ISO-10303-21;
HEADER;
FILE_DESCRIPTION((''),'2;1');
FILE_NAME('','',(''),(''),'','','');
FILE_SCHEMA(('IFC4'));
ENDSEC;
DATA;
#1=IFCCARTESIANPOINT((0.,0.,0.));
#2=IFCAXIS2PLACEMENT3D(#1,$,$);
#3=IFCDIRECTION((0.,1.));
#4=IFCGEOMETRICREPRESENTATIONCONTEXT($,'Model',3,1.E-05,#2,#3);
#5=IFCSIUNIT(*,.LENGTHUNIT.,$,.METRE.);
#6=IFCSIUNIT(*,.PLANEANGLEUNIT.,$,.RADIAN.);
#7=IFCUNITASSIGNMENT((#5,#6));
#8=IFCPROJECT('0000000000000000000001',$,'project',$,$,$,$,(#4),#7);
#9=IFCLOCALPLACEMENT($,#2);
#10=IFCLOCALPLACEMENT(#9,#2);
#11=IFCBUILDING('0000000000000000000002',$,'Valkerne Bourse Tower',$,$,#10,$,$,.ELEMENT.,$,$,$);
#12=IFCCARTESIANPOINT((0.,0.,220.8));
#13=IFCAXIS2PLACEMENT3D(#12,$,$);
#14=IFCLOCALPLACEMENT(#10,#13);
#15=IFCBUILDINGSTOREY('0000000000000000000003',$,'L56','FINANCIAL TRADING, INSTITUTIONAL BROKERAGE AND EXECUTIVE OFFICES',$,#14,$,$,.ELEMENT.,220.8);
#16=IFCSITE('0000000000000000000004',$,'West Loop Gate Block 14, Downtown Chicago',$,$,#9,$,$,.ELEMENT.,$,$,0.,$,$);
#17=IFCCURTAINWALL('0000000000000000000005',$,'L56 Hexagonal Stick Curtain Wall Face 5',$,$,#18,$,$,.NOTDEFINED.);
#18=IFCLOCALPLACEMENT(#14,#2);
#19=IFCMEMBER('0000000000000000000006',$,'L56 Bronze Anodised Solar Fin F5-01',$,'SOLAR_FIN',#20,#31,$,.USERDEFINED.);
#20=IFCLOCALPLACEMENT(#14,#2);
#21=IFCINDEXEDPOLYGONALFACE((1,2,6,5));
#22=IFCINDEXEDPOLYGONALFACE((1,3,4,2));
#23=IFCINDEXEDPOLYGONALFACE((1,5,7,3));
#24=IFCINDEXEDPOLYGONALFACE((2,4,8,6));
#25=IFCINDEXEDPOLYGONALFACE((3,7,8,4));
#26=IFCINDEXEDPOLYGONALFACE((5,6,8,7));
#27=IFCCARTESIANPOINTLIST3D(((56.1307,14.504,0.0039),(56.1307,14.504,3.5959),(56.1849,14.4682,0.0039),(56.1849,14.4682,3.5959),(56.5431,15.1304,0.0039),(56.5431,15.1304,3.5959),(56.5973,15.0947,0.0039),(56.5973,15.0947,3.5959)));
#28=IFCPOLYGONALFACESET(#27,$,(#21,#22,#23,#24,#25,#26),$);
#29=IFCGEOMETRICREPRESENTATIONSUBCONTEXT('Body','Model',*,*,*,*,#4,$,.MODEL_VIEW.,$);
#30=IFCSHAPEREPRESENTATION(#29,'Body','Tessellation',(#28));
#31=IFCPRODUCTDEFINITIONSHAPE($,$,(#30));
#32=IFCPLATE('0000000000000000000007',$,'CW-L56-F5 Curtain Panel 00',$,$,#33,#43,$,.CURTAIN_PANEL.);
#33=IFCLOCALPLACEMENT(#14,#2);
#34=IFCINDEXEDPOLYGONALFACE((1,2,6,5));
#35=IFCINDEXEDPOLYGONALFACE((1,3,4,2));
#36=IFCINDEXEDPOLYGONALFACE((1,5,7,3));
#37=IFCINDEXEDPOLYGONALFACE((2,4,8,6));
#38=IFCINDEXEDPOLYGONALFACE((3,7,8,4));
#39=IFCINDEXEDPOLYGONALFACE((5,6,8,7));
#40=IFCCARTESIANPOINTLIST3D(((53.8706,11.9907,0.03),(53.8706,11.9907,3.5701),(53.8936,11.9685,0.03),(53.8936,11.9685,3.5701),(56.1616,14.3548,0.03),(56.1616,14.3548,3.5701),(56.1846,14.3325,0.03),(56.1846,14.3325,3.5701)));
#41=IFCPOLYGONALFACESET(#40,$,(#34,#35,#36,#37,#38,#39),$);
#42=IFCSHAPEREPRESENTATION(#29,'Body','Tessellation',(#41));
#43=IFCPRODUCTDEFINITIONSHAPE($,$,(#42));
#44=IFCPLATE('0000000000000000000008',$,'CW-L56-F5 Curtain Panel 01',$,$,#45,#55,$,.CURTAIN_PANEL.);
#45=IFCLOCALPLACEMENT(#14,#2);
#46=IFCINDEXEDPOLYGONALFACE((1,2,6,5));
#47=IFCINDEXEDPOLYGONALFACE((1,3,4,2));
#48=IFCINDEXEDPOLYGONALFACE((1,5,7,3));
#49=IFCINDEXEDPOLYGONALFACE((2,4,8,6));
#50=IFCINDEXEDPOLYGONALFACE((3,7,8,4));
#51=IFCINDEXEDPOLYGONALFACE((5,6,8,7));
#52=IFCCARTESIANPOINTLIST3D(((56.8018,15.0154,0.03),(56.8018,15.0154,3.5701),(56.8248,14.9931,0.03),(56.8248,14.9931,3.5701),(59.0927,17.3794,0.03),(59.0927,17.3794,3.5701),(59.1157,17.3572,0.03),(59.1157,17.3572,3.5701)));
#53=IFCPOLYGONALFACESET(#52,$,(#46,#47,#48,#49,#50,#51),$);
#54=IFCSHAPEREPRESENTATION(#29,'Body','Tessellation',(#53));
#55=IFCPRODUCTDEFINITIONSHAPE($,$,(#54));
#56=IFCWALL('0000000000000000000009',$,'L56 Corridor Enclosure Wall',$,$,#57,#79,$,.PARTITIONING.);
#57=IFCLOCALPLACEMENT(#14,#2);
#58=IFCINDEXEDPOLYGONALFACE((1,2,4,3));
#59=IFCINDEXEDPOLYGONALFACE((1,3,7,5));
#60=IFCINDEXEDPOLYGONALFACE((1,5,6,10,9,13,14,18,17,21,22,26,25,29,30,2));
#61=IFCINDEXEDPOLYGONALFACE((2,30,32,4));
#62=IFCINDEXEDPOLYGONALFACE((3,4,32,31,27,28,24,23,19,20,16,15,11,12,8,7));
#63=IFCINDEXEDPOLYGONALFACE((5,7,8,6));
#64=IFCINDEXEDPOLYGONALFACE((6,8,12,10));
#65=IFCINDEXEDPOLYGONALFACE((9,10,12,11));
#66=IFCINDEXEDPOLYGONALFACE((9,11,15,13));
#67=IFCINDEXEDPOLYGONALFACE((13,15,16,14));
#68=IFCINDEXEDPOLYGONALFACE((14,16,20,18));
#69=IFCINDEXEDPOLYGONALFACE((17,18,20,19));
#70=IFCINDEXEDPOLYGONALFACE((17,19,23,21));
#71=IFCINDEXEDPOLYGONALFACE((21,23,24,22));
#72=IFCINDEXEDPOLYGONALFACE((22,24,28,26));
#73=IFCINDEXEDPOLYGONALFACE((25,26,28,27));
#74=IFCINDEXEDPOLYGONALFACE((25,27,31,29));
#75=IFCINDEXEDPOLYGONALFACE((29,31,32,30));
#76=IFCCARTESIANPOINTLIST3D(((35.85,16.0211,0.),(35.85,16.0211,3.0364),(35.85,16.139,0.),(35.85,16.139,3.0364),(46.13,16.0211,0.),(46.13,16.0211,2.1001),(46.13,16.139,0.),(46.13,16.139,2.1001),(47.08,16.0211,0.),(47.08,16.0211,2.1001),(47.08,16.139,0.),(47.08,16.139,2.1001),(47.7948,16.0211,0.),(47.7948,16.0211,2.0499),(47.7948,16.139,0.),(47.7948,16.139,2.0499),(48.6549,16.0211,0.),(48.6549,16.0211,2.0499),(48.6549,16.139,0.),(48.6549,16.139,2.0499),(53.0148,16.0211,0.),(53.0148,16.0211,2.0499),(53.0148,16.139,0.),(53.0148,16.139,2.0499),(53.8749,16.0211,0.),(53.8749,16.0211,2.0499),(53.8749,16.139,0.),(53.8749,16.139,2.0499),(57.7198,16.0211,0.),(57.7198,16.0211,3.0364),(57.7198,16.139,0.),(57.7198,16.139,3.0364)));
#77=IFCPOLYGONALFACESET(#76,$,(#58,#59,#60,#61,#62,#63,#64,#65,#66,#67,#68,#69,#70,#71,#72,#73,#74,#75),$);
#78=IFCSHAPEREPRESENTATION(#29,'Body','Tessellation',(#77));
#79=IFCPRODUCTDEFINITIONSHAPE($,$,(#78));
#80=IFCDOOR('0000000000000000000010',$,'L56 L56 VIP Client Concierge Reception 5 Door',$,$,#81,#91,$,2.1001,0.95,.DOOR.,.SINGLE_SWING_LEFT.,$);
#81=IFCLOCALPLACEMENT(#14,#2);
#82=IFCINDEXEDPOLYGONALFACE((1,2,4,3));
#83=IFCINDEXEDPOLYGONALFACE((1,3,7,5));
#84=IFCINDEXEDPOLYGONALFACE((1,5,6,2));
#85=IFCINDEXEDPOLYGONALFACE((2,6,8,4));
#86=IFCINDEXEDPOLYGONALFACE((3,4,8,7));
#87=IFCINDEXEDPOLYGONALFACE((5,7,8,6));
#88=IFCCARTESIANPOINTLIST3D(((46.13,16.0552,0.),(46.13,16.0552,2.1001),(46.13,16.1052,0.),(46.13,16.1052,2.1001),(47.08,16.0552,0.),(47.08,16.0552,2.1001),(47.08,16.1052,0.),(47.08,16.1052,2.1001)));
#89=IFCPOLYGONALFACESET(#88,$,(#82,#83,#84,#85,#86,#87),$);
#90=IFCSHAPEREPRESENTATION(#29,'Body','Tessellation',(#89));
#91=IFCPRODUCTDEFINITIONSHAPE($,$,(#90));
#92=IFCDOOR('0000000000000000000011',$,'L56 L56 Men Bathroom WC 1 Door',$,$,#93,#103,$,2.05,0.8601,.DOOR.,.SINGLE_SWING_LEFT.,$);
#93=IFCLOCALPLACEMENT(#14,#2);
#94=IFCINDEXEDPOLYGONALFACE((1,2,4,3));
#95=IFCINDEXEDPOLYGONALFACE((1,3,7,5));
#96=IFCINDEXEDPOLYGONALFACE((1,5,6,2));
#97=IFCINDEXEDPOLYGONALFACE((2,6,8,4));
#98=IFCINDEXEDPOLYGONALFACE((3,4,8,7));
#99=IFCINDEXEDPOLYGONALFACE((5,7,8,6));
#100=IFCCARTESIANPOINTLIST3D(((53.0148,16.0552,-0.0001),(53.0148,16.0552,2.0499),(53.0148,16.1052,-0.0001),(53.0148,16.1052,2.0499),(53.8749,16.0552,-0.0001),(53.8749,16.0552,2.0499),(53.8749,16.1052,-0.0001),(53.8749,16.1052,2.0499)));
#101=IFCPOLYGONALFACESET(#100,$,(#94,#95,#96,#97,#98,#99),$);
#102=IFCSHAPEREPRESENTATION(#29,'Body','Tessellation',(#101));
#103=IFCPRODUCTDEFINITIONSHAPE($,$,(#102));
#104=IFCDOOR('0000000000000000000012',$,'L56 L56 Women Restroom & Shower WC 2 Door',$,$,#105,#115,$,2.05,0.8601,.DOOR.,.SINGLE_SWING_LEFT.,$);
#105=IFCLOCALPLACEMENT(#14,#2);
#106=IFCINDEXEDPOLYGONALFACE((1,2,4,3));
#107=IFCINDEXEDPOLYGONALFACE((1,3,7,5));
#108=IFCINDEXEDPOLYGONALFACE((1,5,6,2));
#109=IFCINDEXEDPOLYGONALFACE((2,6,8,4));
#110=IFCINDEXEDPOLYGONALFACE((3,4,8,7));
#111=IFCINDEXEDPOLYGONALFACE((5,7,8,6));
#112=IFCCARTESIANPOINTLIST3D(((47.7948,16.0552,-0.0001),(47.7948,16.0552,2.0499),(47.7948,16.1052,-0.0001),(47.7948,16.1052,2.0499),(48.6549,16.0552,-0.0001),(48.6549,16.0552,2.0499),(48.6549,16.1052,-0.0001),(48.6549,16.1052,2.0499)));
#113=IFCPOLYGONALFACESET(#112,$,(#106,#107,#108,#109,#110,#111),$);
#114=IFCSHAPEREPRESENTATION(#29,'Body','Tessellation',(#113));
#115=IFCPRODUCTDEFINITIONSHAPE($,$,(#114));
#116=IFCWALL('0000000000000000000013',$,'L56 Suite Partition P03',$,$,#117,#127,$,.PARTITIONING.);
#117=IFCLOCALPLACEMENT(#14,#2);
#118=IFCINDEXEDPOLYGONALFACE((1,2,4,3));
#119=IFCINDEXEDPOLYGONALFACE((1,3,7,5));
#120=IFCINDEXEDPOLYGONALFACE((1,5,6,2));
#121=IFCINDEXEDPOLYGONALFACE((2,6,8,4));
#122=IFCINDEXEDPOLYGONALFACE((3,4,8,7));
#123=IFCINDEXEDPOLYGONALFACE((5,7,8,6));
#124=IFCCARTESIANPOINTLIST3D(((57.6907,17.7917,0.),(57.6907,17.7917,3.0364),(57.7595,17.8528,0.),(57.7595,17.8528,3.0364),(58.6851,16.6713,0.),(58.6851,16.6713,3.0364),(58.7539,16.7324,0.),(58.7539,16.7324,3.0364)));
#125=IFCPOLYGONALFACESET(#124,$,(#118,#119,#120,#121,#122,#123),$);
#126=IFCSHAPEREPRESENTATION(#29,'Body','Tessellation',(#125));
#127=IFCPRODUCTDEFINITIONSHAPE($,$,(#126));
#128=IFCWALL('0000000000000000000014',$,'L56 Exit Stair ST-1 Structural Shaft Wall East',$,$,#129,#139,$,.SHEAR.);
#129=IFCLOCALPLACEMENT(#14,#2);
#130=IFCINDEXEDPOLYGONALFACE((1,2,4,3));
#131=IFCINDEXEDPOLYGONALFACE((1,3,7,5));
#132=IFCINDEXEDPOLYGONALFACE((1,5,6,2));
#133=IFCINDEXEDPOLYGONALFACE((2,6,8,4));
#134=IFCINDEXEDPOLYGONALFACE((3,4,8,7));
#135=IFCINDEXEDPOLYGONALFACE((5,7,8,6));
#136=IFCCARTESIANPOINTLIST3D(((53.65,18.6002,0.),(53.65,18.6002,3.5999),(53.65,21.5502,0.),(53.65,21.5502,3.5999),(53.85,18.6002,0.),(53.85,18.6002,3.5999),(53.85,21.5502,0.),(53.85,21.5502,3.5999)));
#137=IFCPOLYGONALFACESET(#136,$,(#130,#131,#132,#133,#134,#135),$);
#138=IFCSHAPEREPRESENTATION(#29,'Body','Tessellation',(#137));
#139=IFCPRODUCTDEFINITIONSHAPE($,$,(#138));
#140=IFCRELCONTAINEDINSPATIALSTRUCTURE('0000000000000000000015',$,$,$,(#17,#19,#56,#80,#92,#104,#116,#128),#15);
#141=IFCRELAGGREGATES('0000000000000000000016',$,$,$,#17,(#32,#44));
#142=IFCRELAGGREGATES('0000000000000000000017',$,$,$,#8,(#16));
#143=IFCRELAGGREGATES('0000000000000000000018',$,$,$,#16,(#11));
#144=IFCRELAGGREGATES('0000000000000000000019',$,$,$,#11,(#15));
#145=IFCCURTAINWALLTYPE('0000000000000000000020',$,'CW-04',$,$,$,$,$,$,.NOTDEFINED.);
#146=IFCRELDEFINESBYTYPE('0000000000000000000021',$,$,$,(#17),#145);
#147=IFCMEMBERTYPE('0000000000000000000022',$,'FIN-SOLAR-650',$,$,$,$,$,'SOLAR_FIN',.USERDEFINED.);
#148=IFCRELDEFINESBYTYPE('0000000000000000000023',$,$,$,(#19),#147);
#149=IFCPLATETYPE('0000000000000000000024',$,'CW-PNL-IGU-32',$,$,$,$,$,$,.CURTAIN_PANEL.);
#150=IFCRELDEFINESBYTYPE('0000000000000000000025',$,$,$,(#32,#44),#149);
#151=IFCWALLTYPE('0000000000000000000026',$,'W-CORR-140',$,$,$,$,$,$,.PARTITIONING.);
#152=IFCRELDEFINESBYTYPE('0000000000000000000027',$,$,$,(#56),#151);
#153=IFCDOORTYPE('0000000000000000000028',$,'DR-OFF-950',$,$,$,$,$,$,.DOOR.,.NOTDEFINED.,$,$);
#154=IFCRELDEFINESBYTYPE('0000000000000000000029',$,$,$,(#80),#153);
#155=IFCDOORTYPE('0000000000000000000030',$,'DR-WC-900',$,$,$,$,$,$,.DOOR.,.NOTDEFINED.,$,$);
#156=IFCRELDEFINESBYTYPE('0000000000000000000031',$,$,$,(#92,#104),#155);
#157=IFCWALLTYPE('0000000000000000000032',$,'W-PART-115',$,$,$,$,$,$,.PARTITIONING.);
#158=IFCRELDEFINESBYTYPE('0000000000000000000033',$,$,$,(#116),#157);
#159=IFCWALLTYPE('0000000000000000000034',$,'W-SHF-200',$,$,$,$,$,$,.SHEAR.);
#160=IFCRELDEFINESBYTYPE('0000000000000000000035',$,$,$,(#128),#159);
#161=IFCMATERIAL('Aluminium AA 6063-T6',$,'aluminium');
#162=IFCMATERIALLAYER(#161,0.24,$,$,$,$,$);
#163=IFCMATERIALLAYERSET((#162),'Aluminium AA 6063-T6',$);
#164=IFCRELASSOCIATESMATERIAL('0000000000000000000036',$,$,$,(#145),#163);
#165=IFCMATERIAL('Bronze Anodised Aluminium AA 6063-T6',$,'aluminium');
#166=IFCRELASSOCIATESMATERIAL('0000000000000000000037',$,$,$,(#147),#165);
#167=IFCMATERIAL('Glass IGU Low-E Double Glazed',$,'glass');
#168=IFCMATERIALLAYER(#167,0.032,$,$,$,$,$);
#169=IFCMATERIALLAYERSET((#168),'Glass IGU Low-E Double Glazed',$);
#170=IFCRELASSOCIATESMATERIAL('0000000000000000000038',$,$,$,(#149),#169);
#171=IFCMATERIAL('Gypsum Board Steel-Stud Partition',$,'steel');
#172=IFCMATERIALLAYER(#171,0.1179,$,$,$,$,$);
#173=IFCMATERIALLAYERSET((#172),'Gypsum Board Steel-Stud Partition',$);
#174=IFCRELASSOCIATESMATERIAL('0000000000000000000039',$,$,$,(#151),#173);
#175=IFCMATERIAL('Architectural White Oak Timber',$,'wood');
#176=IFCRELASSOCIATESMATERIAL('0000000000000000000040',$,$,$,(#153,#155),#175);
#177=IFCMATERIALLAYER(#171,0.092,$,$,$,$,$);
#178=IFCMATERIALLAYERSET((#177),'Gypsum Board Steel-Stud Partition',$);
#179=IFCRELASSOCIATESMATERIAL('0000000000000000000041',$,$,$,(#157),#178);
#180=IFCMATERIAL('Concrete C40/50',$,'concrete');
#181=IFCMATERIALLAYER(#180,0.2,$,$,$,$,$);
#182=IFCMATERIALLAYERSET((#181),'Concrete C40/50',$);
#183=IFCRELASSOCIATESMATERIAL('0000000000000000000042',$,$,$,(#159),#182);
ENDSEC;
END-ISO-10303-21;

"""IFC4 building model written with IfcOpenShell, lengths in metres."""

from ifc_helpers import new_model, si_unit, direction, frame, frame_2d, origin, origin_2d, place, context, subcontext, project, spatial, rectangle, extrude, material, layer, layer_set, material_profile, profile_set, type_object, element, fill, aggregate, save


model = new_model("IFC4")

# Units and contexts
model_context = context("Model", 3, precision=1e-05, world=origin(), true_north=direction((0.0, 1.0)))
body_context = subcontext(model_context, "Body", "Model", "MODEL_VIEW")
ifc_project = project(units=[si_unit("LENGTHUNIT", "METRE"), si_unit("PLANEANGLEUNIT", "RADIAN")], contexts=[model_context])

# Site, building, storey
site_placement = place(None, origin())
site = spatial("IfcSite", under=ifc_project, at=site_placement, Name="West Loop Gate Block 14, Downtown Chicago", CompositionType="ELEMENT", RefElevation=0.0)
building_placement = place(site_placement, origin())
building = spatial("IfcBuilding", under=site, at=building_placement, Name="Valkerne Bourse Tower", CompositionType="ELEMENT")
storey_placement = place(building_placement, frame((0.0, 0.0, 220.8)))
storey = spatial("IfcBuildingStorey", under=building, at=storey_placement, Name="L56", Description="FINANCIAL TRADING, INSTITUTIONAL BROKERAGE AND EXECUTIVE OFFICES", CompositionType="ELEMENT", Elevation=220.8)

# Curtain wall
ifc_material_1 = material(Name="Aluminium AA 6063-T6", Category="aluminium")
ifc_layer_1 = layer(ifc_material_1, 0.24)
ifc_layer_set_1 = layer_set([ifc_layer_1], Name="Aluminium AA 6063-T6")
curtain_wall_type = type_object("IfcCurtainWallType", Name="CW-04", PredefinedType="NOTDEFINED", material=ifc_layer_set_1)
curtain_wall_placement = place(storey_placement, origin())
curtain_wall = element("IfcCurtainWall", 1, at=curtain_wall_placement, inside=storey, type_object=curtain_wall_type, Name="L56 Hexagonal Stick Curtain Wall Face 5", PredefinedType="NOTDEFINED")

# Member
ifc_material_2 = material(Name="Bronze Anodised Aluminium AA 6063-T6", Category="aluminium")
ifc_material_profile_1 = material_profile(ifc_material_2, rectangle(XDim=0.0649, YDim=0.75, at=origin_2d()), Name="FIN-65X750")
ifc_profile_set_1 = profile_set([ifc_material_profile_1], Name="Bronze Anodised Aluminium AA 6063-T6")
member_type_1 = type_object("IfcMemberType", Name="FIN-SOLAR-650", ElementType="SOLAR_FIN", PredefinedType="USERDEFINED", material=ifc_profile_set_1)
member_1_placement = place(storey_placement, frame((56.364, 14.7993, 0.0039), z_axis=(0.0, 0.0, 1.0), x_axis=(0.835238, -0.549889, 0.0)))
element("IfcMember", 2, at=member_1_placement, inside=storey, type_object=member_type_1, Name="L56 Bronze Anodised Solar Fin F5-01", ObjectType="SOLAR_FIN", PredefinedType="USERDEFINED", context=body_context, shape_type="SweptSolid", body=[
    extrude(rectangle(XDim=0.0649, YDim=0.75, at=origin_2d()), origin(), (0.0, 0.0, 1.0), 3.592),
])

# Plates
ifc_material_3 = material(Name="Glass IGU Low-E Double Glazed", Category="glass")
ifc_layer_2 = layer(ifc_material_3, 0.032)
ifc_layer_set_2 = layer_set([ifc_layer_2], Name="Glass IGU Low-E Double Glazed")
plate_type = type_object("IfcPlateType", Name="CW-PNL-IGU-32", PredefinedType="CURTAIN_PANEL", material=ifc_layer_set_2)
plate_1_placement = place(storey_placement, frame((55.0276, 13.1616, 0.03), z_axis=(0.0, 0.0, 1.0), x_axis=(0.69592, 0.718119, 0.0)))
plate_1 = element("IfcPlate", 3, at=plate_1_placement, type_object=plate_type, Name="CW-L56-F5 Curtain Panel 00", PredefinedType="CURTAIN_PANEL", context=body_context, shape_type="SweptSolid", body=[
    extrude(rectangle(XDim=3.292, YDim=0.032, at=origin_2d()), origin(), (0.0, 0.0, 1.0), 3.54),
])
plate_2_placement = place(storey_placement, frame((57.9587, 16.1863, 0.03), z_axis=(0.0, 0.0, 1.0), x_axis=(0.695908, 0.71813, 0.0)))
plate_2 = element("IfcPlate", 4, at=plate_2_placement, type_object=plate_type, Name="CW-L56-F5 Curtain Panel 01", PredefinedType="CURTAIN_PANEL", context=body_context, shape_type="SweptSolid", body=[
    extrude(rectangle(XDim=3.292, YDim=0.032, at=origin_2d()), origin(), (0.0, 0.0, 1.0), 3.54),
])
aggregate(curtain_wall, [plate_1, plate_2])

# Wall, openings, doors
ifc_material_4 = material(Name="Gypsum Board Steel-Stud Partition", Category="steel")
ifc_layer_3 = layer(ifc_material_4, 0.1179)
ifc_layer_set_3 = layer_set([ifc_layer_3], Name="Gypsum Board Steel-Stud Partition")
wall_type_1 = type_object("IfcWallType", Name="W-CORR-140", PredefinedType="PARTITIONING", material=ifc_layer_set_3)
wall_1_placement = place(storey_placement, frame((57.72, 16.0801, 0.0), z_axis=(0.0, 0.0, 1.0), x_axis=(-1.0, 0.0, 0.0)))
wall_1 = element("IfcWall", 5, at=wall_1_placement, inside=storey, type_object=wall_type_1, Name="L56 Corridor Enclosure Wall", PredefinedType="PARTITIONING", context=body_context, shape_type="SweptSolid", body=[
    extrude(rectangle(XDim=21.8699, YDim=0.1179, at=frame_2d((10.9351, 0.0))), origin(), (0.0, 0.0, 1.0), 3.0364),
])
opening_1_placement = place(wall_1_placement, frame((3.845, 0.0, 0.0)))
opening_1 = element("IfcOpeningElement", 6, at=opening_1_placement, cuts=wall_1, PredefinedType="OPENING", context=body_context, shape_type="SweptSolid", body=[
    extrude(rectangle(XDim=0.8601, YDim=2.05, at=frame_2d((0.4302, 1.0249))), frame((0.0, 0.0688, 0.0), z_axis=(0.0, -1.0, 0.0), x_axis=(1.0, 0.0, 0.0)), (0.0, 0.0, 1.0), 0.1379),
])
opening_2_placement = place(wall_1_placement, frame((9.0649, 0.0, 0.0)))
opening_2 = element("IfcOpeningElement", 7, at=opening_2_placement, cuts=wall_1, PredefinedType="OPENING", context=body_context, shape_type="SweptSolid", body=[
    extrude(rectangle(XDim=0.8601, YDim=2.05, at=frame_2d((0.4302, 1.0249))), frame((0.0, 0.0688, 0.0), z_axis=(0.0, -1.0, 0.0), x_axis=(1.0, 0.0, 0.0)), (0.0, 0.0, 1.0), 0.1379),
])
opening_3_placement = place(wall_1_placement, frame((10.6399, 0.0, 0.0)))
opening_3 = element("IfcOpeningElement", 8, at=opening_3_placement, cuts=wall_1, PredefinedType="OPENING", context=body_context, shape_type="SweptSolid", body=[
    extrude(rectangle(XDim=0.95, YDim=2.1001, at=frame_2d((0.4751, 1.05))), frame((0.0, 0.0688, 0.0), z_axis=(0.0, -1.0, 0.0), x_axis=(1.0, 0.0, 0.0)), (0.0, 0.0, 1.0), 0.1379),
])
ifc_material_5 = material(Name="Architectural White Oak Timber", Category="wood")
door_type_1 = type_object("IfcDoorType", Name="DR-OFF-950", OperationType="NOTDEFINED", PredefinedType="DOOR", material=ifc_material_5)
door_1_placement = place(opening_3_placement, origin())
door_1 = element("IfcDoor", 9, at=door_1_placement, inside=storey, type_object=door_type_1, Name="L56 L56 VIP Client Concierge Reception 5 Door", OperationType="SINGLE_SWING_LEFT", OverallHeight=2.1001, OverallWidth=0.95, PredefinedType="DOOR", context=body_context, shape_type="SweptSolid", body=[
    extrude(rectangle(XDim=0.95, YDim=2.1001, at=frame_2d((0.4751, 1.05))), frame((0.0, 0.0249, 0.0), z_axis=(0.0, -1.0, 0.0), x_axis=(1.0, 0.0, 0.0)), (0.0, 0.0, 1.0), 0.05),
])
fill(opening_3, door_1)
door_type_2 = type_object("IfcDoorType", Name="DR-WC-900", OperationType="NOTDEFINED", PredefinedType="DOOR", material=ifc_material_5)
door_2_placement = place(opening_1_placement, origin())
door_2 = element("IfcDoor", 10, at=door_2_placement, inside=storey, type_object=door_type_2, Name="L56 L56 Men Bathroom WC 1 Door", OperationType="SINGLE_SWING_LEFT", OverallHeight=2.05, OverallWidth=0.8601, PredefinedType="DOOR", context=body_context, shape_type="SweptSolid", body=[
    extrude(rectangle(XDim=0.8601, YDim=2.05, at=frame_2d((0.4302, 1.0249))), frame((0.0, 0.0249, 0.0), z_axis=(0.0, -1.0, 0.0), x_axis=(1.0, 0.0, 0.0)), (0.0, 0.0, 1.0), 0.05),
])
fill(opening_1, door_2)
door_3_placement = place(opening_2_placement, origin())
door_3 = element("IfcDoor", 11, at=door_3_placement, inside=storey, type_object=door_type_2, Name="L56 L56 Women Restroom & Shower WC 2 Door", OperationType="SINGLE_SWING_LEFT", OverallHeight=2.05, OverallWidth=0.8601, PredefinedType="DOOR", context=body_context, shape_type="SweptSolid", body=[
    extrude(rectangle(XDim=0.8601, YDim=2.05, at=frame_2d((0.4302, 1.0249))), frame((0.0, 0.0249, 0.0), z_axis=(0.0, -1.0, 0.0), x_axis=(1.0, 0.0, 0.0)), (0.0, 0.0, 1.0), 0.05),
])
fill(opening_2, door_3)

# Walls
ifc_layer_4 = layer(ifc_material_4, 0.092)
ifc_layer_set_4 = layer_set([ifc_layer_4], Name="Gypsum Board Steel-Stud Partition")
wall_type_2 = type_object("IfcWallType", Name="W-PART-115", PredefinedType="PARTITIONING", material=ifc_layer_set_4)
wall_2_placement = place(storey_placement, frame((57.7251, 17.8223, 0.0), z_axis=(0.0, 0.0, 1.0), x_axis=(0.663807, -0.747904, 0.0)))
element("IfcWall", 12, at=wall_2_placement, inside=storey, type_object=wall_type_2, Name="L56 Suite Partition P03", PredefinedType="PARTITIONING", context=body_context, shape_type="SweptSolid", body=[
    extrude(rectangle(XDim=1.498, YDim=0.092, at=frame_2d((0.749, 0.0))), origin(), (0.0, 0.0, 1.0), 3.0364),
])
ifc_material_6 = material(Name="Concrete C40/50", Category="concrete")
ifc_layer_5 = layer(ifc_material_6, 0.2)
ifc_layer_set_5 = layer_set([ifc_layer_5], Name="Concrete C40/50")
wall_type_3 = type_object("IfcWallType", Name="W-SHF-200", PredefinedType="SHEAR", material=ifc_layer_set_5)
wall_3_placement = place(storey_placement, frame((53.75, 18.6001, 0.0), z_axis=(0.0, 0.0, 1.0), x_axis=(0.0, 1.0, 0.0)))
element("IfcWall", 13, at=wall_3_placement, inside=storey, type_object=wall_type_3, Name="L56 Exit Stair ST-1 Structural Shaft Wall East", PredefinedType="SHEAR", context=body_context, shape_type="SweptSolid", body=[
    extrude(rectangle(XDim=2.95, YDim=0.2, at=frame_2d((1.4751, 0.0))), origin(), (0.0, 0.0, 1.0), 3.5999),
])

save(model, "model.ifc")
